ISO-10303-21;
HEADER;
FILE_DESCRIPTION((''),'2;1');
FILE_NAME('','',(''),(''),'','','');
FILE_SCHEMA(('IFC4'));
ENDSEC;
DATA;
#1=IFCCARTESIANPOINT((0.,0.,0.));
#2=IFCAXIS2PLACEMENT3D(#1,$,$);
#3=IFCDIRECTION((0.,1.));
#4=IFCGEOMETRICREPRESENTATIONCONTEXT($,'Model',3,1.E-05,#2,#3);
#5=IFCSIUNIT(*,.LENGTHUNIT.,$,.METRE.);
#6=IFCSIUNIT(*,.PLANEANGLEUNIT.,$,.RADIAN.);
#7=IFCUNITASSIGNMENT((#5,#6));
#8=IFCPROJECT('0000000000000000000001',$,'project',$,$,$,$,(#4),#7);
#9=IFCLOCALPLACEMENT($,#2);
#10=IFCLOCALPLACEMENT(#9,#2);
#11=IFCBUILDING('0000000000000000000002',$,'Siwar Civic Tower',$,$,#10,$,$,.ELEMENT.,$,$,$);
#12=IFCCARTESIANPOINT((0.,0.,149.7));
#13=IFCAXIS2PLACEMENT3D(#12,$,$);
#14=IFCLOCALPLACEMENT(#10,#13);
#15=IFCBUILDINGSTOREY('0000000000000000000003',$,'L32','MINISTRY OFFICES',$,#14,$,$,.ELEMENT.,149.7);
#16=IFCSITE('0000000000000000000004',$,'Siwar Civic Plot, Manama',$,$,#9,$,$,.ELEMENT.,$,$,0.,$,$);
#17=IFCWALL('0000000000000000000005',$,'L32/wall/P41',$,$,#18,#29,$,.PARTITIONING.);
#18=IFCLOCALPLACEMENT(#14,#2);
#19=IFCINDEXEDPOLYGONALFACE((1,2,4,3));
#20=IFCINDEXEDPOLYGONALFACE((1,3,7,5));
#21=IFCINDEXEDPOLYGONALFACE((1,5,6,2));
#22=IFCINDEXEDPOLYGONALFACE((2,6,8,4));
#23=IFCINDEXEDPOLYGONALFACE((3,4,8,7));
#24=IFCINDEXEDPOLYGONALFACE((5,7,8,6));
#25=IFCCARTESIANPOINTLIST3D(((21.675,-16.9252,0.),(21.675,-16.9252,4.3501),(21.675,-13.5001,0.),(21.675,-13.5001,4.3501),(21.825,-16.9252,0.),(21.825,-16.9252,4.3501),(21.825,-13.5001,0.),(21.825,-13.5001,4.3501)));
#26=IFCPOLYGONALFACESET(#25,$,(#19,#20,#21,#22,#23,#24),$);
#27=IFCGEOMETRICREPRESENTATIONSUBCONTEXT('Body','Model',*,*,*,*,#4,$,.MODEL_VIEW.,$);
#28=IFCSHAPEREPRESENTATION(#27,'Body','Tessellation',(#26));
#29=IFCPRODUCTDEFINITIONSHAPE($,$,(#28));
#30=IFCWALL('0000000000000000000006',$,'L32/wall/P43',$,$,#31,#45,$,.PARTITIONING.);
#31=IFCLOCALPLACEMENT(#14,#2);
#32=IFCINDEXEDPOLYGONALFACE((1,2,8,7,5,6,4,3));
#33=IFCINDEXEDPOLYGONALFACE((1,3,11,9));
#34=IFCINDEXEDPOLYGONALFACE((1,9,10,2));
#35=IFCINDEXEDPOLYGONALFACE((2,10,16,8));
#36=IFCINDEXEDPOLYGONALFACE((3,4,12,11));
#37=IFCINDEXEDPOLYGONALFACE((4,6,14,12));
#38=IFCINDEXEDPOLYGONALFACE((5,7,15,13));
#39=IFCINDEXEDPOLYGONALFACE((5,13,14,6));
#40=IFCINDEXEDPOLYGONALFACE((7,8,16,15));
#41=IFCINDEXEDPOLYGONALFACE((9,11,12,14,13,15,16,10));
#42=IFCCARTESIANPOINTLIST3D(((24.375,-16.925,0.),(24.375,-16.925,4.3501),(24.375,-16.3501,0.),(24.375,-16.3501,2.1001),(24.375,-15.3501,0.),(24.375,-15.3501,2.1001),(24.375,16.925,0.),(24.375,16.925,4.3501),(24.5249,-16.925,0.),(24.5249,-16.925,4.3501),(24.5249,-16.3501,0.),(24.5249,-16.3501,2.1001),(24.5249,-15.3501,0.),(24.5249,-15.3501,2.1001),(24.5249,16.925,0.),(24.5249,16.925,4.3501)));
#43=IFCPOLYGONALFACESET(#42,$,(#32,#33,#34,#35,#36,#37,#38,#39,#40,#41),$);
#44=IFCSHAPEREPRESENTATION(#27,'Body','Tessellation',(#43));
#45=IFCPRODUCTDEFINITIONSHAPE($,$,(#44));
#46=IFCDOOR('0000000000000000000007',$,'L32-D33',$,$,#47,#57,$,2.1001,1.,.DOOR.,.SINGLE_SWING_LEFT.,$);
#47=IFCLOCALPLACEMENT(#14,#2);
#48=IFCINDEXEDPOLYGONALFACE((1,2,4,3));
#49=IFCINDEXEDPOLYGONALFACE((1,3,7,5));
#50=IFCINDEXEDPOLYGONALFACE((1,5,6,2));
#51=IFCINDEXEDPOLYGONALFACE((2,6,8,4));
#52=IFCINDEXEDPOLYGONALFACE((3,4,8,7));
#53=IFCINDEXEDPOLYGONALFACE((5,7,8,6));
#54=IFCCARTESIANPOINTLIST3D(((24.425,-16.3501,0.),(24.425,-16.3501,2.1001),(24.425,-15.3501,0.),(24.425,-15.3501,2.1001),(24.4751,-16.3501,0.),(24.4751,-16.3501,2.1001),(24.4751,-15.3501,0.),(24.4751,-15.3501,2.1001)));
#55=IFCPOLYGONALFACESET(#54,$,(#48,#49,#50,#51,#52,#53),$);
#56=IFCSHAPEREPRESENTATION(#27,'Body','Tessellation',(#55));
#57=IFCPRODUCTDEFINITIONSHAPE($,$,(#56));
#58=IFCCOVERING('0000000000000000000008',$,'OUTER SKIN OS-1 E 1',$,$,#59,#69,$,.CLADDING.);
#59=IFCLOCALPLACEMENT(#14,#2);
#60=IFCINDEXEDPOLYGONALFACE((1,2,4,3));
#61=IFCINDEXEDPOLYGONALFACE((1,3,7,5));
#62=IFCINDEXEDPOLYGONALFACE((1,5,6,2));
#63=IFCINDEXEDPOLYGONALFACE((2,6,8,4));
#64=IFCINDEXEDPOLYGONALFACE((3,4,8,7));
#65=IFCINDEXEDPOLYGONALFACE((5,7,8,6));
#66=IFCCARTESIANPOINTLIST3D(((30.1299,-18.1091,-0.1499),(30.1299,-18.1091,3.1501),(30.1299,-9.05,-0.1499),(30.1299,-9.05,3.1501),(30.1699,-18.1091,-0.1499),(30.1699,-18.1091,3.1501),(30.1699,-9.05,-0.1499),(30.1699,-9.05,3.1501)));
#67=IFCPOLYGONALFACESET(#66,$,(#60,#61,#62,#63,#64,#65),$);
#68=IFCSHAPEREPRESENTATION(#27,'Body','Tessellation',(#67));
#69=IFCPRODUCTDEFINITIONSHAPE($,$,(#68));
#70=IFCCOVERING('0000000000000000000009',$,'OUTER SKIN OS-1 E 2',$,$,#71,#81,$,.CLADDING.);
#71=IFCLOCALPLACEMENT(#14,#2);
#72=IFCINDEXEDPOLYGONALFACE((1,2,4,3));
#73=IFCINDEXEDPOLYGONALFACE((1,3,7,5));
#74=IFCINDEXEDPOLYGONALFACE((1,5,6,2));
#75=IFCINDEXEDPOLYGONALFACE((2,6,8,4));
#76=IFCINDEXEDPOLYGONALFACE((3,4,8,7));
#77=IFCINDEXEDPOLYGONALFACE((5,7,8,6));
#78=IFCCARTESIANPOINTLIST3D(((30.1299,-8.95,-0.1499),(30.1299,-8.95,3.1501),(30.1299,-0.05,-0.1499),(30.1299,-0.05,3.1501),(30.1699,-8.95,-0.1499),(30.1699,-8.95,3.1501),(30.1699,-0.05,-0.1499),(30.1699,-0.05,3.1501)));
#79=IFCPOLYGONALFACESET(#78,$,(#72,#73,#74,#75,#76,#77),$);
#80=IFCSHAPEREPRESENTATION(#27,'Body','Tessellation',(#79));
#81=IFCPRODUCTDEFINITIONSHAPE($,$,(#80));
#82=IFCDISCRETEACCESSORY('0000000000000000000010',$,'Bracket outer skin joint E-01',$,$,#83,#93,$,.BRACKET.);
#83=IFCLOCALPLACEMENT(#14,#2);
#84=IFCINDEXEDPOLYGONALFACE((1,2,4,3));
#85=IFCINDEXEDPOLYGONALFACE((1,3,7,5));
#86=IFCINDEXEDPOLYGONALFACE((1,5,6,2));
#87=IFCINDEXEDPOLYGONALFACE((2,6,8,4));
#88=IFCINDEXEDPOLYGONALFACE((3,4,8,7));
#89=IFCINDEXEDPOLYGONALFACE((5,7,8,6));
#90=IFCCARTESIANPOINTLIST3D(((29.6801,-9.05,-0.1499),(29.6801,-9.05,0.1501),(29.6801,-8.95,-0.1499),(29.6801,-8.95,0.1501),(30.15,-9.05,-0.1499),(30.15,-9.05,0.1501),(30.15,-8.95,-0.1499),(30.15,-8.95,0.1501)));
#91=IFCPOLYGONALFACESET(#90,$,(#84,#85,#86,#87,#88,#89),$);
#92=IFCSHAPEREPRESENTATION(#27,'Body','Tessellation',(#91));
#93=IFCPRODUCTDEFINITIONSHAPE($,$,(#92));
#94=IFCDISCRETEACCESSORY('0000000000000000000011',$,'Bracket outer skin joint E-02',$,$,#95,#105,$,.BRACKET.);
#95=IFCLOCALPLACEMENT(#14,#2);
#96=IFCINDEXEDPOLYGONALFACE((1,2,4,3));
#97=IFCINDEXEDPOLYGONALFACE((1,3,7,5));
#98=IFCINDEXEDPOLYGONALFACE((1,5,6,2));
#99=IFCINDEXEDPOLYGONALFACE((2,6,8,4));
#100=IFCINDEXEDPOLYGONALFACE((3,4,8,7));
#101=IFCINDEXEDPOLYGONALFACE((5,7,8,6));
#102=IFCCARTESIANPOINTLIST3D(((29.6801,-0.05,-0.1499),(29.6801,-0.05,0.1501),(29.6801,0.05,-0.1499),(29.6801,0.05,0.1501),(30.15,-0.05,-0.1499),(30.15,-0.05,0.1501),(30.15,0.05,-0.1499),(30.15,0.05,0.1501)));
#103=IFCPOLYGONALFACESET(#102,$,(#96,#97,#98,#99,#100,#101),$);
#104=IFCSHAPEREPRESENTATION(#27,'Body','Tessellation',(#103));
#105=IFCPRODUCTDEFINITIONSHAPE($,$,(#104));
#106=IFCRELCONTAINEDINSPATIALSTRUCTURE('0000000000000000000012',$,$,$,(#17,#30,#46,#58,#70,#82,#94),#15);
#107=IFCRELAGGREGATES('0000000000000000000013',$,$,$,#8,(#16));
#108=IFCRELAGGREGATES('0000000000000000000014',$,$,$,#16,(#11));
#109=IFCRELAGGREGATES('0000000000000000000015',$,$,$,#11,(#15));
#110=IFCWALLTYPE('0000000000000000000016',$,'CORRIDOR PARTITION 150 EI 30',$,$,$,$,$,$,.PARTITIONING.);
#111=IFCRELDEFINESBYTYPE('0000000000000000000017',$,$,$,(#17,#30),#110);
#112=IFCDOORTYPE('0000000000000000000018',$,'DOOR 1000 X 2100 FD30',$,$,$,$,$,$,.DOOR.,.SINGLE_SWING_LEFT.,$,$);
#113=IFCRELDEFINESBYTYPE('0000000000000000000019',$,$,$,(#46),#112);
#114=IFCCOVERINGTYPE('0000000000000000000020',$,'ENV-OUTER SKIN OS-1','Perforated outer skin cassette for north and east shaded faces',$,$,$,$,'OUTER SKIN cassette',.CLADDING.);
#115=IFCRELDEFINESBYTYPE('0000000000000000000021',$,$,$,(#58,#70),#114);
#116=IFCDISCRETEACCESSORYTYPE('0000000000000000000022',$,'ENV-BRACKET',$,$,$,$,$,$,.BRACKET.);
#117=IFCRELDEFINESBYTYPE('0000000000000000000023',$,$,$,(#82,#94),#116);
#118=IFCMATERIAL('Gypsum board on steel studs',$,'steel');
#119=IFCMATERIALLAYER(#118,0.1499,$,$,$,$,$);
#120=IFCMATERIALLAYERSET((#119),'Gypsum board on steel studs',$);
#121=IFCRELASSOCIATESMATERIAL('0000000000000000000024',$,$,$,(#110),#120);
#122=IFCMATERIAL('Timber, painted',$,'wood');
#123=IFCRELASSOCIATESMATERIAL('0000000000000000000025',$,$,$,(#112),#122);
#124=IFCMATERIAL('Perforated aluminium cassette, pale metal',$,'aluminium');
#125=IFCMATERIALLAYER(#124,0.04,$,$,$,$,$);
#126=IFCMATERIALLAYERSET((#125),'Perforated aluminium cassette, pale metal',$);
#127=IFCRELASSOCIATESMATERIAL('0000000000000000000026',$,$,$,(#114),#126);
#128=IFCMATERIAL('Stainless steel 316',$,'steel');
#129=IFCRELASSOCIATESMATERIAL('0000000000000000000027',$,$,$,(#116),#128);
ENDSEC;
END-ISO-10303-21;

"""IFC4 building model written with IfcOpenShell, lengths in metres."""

from ifc_helpers import new_model, si_unit, direction, frame, frame_2d, origin, origin_2d, place, context, subcontext, project, spatial, rectangle, extrude, material, layer, layer_set, type_object, element, fill, save


model = new_model("IFC4")

# Units and contexts
model_context = context("Model", 3, precision=1e-05, world=origin(), true_north=direction((0.0, 1.0)))
body_context = subcontext(model_context, "Body", "Model", "MODEL_VIEW")
ifc_project = project(units=[si_unit("LENGTHUNIT", "METRE"), si_unit("PLANEANGLEUNIT", "RADIAN")], contexts=[model_context])

# Site, building, storey
site_placement = place(None, origin())
site = spatial("IfcSite", under=ifc_project, at=site_placement, Name="Siwar Civic Plot, Manama", CompositionType="ELEMENT", RefElevation=0.0)
building_placement = place(site_placement, origin())
building = spatial("IfcBuilding", under=site, at=building_placement, Name="Siwar Civic Tower", CompositionType="ELEMENT")
storey_placement = place(building_placement, frame((0.0, 0.0, 149.7)))
storey = spatial("IfcBuildingStorey", under=building, at=storey_placement, Name="L32", Description="MINISTRY OFFICES", CompositionType="ELEMENT", Elevation=149.7)

# Wall
ifc_material_1 = material(Name="Gypsum board on steel studs", Category="steel")
ifc_layer_1 = layer(ifc_material_1, 0.1499)
ifc_layer_set_1 = layer_set([ifc_layer_1], Name="Gypsum board on steel studs")
wall_type_1 = type_object("IfcWallType", Name="CORRIDOR PARTITION 150 EI 30", PredefinedType="PARTITIONING", material=ifc_layer_set_1)
wall_1_placement = place(storey_placement, frame((21.75, -16.925, 0.0), z_axis=(0.0, 0.0, 1.0), x_axis=(0.0, 1.0, 0.0)))
element("IfcWall", 1, at=wall_1_placement, inside=storey, type_object=wall_type_1, Name="L32/wall/P41", PredefinedType="PARTITIONING", context=body_context, shape_type="SweptSolid", body=[
    extrude(rectangle(XDim=3.425, YDim=0.1499, at=frame_2d((1.7124, 0.0))), origin(), (0.0, 0.0, 1.0), 4.3501),
])

# Wall, opening, door
wall_2_placement = place(storey_placement, frame((24.45, -16.925, 0.0), z_axis=(0.0, 0.0, 1.0), x_axis=(0.0, 1.0, 0.0)))
wall_2 = element("IfcWall", 2, at=wall_2_placement, inside=storey, type_object=wall_type_1, Name="L32/wall/P43", PredefinedType="PARTITIONING", context=body_context, shape_type="SweptSolid", body=[
    extrude(rectangle(XDim=33.8501, YDim=0.1499, at=frame_2d((16.925, 0.0))), origin(), (0.0, 0.0, 1.0), 4.3501),
])
opening_1_placement = place(wall_2_placement, frame((0.575, 0.0, 0.0)))
opening_1 = element("IfcOpeningElement", 3, at=opening_1_placement, cuts=wall_2, PredefinedType="OPENING", context=body_context, shape_type="SweptSolid", body=[
    extrude(rectangle(XDim=1.0, YDim=2.1001, at=frame_2d((0.5, 1.05))), frame((0.0, 0.085, 0.0), z_axis=(0.0, -1.0, 0.0), x_axis=(1.0, 0.0, 0.0)), (0.0, 0.0, 1.0), 0.1699),
])
ifc_material_2 = material(Name="Timber, painted", Category="wood")
door_type_1 = type_object("IfcDoorType", Name="DOOR 1000 X 2100 FD30", OperationType="SINGLE_SWING_LEFT", PredefinedType="DOOR", material=ifc_material_2)
door_1_placement = place(opening_1_placement, origin())
door_1 = element("IfcDoor", 4, at=door_1_placement, inside=storey, type_object=door_type_1, Name="L32-D33", OperationType="SINGLE_SWING_LEFT", OverallHeight=2.1001, OverallWidth=1.0, PredefinedType="DOOR", context=body_context, shape_type="SweptSolid", body=[
    extrude(rectangle(XDim=1.0, YDim=2.1001, at=frame_2d((0.5, 1.05))), frame((0.0, 0.0249, 0.0), z_axis=(0.0, -1.0, 0.0), x_axis=(1.0, 0.0, 0.0)), (0.0, 0.0, 1.0), 0.05),
])
fill(opening_1, door_1)

# Coverings
ifc_material_3 = material(Name="Perforated aluminium cassette, pale metal", Category="aluminium")
ifc_layer_2 = layer(ifc_material_3, 0.04)
ifc_layer_set_2 = layer_set([ifc_layer_2], Name="Perforated aluminium cassette, pale metal")
covering_type = type_object("IfcCoveringType", Name="ENV-OUTER SKIN OS-1", Description="Perforated outer skin cassette for north and east shaded faces", ElementType="OUTER SKIN cassette", PredefinedType="CLADDING", material=ifc_layer_set_2)
covering_1_placement = place(storey_placement, frame((30.1499, -13.5796, -0.1499), z_axis=(0.0, 0.0, 1.0), x_axis=(0.0, 1.0, 0.0)))
element("IfcCovering", 5, at=covering_1_placement, inside=storey, type_object=covering_type, Name="OUTER SKIN OS-1 E 1", PredefinedType="CLADDING", context=body_context, shape_type="SweptSolid", body=[
    extrude(rectangle(XDim=9.0591, YDim=0.04, at=origin_2d()), origin(), (0.0, 0.0, 1.0), 3.3),
])
covering_2_placement = place(storey_placement, frame((30.1499, -4.5, -0.1499), z_axis=(0.0, 0.0, 1.0), x_axis=(0.0, 1.0, 0.0)))
element("IfcCovering", 6, at=covering_2_placement, inside=storey, type_object=covering_type, Name="OUTER SKIN OS-1 E 2", PredefinedType="CLADDING", context=body_context, shape_type="SweptSolid", body=[
    extrude(rectangle(XDim=8.8999, YDim=0.04, at=origin_2d()), origin(), (0.0, 0.0, 1.0), 3.3),
])

# Discrete accessories
ifc_material_4 = material(Name="Stainless steel 316", Category="steel")
discrete_accessory_type = type_object("IfcDiscreteAccessoryType", Name="ENV-BRACKET", PredefinedType="BRACKET", material=ifc_material_4)
for number, where, z_axis, x_axis, name in (
    (7, (29.915, -9.0, -0.1499), (0.0, 0.0, 1.0), (1.0, 0.0, 0.0), "Bracket outer skin joint E-01"),
    (8, (29.915, 0.0, -0.1499), (0.0, 0.0, 1.0), (1.0, 0.0, 0.0), "Bracket outer skin joint E-02"),
):
    element("IfcDiscreteAccessory", number, at=place(storey_placement, frame(where, z_axis=z_axis, x_axis=x_axis)), inside=storey, type_object=discrete_accessory_type, Name=name, PredefinedType="BRACKET", context=body_context, shape_type="SweptSolid", body=[
        extrude(rectangle(XDim=0.47, YDim=0.1001, at=origin_2d()), origin(), (0.0, 0.0, 1.0), 0.3),
    ])

save(model, "model.ifc")
